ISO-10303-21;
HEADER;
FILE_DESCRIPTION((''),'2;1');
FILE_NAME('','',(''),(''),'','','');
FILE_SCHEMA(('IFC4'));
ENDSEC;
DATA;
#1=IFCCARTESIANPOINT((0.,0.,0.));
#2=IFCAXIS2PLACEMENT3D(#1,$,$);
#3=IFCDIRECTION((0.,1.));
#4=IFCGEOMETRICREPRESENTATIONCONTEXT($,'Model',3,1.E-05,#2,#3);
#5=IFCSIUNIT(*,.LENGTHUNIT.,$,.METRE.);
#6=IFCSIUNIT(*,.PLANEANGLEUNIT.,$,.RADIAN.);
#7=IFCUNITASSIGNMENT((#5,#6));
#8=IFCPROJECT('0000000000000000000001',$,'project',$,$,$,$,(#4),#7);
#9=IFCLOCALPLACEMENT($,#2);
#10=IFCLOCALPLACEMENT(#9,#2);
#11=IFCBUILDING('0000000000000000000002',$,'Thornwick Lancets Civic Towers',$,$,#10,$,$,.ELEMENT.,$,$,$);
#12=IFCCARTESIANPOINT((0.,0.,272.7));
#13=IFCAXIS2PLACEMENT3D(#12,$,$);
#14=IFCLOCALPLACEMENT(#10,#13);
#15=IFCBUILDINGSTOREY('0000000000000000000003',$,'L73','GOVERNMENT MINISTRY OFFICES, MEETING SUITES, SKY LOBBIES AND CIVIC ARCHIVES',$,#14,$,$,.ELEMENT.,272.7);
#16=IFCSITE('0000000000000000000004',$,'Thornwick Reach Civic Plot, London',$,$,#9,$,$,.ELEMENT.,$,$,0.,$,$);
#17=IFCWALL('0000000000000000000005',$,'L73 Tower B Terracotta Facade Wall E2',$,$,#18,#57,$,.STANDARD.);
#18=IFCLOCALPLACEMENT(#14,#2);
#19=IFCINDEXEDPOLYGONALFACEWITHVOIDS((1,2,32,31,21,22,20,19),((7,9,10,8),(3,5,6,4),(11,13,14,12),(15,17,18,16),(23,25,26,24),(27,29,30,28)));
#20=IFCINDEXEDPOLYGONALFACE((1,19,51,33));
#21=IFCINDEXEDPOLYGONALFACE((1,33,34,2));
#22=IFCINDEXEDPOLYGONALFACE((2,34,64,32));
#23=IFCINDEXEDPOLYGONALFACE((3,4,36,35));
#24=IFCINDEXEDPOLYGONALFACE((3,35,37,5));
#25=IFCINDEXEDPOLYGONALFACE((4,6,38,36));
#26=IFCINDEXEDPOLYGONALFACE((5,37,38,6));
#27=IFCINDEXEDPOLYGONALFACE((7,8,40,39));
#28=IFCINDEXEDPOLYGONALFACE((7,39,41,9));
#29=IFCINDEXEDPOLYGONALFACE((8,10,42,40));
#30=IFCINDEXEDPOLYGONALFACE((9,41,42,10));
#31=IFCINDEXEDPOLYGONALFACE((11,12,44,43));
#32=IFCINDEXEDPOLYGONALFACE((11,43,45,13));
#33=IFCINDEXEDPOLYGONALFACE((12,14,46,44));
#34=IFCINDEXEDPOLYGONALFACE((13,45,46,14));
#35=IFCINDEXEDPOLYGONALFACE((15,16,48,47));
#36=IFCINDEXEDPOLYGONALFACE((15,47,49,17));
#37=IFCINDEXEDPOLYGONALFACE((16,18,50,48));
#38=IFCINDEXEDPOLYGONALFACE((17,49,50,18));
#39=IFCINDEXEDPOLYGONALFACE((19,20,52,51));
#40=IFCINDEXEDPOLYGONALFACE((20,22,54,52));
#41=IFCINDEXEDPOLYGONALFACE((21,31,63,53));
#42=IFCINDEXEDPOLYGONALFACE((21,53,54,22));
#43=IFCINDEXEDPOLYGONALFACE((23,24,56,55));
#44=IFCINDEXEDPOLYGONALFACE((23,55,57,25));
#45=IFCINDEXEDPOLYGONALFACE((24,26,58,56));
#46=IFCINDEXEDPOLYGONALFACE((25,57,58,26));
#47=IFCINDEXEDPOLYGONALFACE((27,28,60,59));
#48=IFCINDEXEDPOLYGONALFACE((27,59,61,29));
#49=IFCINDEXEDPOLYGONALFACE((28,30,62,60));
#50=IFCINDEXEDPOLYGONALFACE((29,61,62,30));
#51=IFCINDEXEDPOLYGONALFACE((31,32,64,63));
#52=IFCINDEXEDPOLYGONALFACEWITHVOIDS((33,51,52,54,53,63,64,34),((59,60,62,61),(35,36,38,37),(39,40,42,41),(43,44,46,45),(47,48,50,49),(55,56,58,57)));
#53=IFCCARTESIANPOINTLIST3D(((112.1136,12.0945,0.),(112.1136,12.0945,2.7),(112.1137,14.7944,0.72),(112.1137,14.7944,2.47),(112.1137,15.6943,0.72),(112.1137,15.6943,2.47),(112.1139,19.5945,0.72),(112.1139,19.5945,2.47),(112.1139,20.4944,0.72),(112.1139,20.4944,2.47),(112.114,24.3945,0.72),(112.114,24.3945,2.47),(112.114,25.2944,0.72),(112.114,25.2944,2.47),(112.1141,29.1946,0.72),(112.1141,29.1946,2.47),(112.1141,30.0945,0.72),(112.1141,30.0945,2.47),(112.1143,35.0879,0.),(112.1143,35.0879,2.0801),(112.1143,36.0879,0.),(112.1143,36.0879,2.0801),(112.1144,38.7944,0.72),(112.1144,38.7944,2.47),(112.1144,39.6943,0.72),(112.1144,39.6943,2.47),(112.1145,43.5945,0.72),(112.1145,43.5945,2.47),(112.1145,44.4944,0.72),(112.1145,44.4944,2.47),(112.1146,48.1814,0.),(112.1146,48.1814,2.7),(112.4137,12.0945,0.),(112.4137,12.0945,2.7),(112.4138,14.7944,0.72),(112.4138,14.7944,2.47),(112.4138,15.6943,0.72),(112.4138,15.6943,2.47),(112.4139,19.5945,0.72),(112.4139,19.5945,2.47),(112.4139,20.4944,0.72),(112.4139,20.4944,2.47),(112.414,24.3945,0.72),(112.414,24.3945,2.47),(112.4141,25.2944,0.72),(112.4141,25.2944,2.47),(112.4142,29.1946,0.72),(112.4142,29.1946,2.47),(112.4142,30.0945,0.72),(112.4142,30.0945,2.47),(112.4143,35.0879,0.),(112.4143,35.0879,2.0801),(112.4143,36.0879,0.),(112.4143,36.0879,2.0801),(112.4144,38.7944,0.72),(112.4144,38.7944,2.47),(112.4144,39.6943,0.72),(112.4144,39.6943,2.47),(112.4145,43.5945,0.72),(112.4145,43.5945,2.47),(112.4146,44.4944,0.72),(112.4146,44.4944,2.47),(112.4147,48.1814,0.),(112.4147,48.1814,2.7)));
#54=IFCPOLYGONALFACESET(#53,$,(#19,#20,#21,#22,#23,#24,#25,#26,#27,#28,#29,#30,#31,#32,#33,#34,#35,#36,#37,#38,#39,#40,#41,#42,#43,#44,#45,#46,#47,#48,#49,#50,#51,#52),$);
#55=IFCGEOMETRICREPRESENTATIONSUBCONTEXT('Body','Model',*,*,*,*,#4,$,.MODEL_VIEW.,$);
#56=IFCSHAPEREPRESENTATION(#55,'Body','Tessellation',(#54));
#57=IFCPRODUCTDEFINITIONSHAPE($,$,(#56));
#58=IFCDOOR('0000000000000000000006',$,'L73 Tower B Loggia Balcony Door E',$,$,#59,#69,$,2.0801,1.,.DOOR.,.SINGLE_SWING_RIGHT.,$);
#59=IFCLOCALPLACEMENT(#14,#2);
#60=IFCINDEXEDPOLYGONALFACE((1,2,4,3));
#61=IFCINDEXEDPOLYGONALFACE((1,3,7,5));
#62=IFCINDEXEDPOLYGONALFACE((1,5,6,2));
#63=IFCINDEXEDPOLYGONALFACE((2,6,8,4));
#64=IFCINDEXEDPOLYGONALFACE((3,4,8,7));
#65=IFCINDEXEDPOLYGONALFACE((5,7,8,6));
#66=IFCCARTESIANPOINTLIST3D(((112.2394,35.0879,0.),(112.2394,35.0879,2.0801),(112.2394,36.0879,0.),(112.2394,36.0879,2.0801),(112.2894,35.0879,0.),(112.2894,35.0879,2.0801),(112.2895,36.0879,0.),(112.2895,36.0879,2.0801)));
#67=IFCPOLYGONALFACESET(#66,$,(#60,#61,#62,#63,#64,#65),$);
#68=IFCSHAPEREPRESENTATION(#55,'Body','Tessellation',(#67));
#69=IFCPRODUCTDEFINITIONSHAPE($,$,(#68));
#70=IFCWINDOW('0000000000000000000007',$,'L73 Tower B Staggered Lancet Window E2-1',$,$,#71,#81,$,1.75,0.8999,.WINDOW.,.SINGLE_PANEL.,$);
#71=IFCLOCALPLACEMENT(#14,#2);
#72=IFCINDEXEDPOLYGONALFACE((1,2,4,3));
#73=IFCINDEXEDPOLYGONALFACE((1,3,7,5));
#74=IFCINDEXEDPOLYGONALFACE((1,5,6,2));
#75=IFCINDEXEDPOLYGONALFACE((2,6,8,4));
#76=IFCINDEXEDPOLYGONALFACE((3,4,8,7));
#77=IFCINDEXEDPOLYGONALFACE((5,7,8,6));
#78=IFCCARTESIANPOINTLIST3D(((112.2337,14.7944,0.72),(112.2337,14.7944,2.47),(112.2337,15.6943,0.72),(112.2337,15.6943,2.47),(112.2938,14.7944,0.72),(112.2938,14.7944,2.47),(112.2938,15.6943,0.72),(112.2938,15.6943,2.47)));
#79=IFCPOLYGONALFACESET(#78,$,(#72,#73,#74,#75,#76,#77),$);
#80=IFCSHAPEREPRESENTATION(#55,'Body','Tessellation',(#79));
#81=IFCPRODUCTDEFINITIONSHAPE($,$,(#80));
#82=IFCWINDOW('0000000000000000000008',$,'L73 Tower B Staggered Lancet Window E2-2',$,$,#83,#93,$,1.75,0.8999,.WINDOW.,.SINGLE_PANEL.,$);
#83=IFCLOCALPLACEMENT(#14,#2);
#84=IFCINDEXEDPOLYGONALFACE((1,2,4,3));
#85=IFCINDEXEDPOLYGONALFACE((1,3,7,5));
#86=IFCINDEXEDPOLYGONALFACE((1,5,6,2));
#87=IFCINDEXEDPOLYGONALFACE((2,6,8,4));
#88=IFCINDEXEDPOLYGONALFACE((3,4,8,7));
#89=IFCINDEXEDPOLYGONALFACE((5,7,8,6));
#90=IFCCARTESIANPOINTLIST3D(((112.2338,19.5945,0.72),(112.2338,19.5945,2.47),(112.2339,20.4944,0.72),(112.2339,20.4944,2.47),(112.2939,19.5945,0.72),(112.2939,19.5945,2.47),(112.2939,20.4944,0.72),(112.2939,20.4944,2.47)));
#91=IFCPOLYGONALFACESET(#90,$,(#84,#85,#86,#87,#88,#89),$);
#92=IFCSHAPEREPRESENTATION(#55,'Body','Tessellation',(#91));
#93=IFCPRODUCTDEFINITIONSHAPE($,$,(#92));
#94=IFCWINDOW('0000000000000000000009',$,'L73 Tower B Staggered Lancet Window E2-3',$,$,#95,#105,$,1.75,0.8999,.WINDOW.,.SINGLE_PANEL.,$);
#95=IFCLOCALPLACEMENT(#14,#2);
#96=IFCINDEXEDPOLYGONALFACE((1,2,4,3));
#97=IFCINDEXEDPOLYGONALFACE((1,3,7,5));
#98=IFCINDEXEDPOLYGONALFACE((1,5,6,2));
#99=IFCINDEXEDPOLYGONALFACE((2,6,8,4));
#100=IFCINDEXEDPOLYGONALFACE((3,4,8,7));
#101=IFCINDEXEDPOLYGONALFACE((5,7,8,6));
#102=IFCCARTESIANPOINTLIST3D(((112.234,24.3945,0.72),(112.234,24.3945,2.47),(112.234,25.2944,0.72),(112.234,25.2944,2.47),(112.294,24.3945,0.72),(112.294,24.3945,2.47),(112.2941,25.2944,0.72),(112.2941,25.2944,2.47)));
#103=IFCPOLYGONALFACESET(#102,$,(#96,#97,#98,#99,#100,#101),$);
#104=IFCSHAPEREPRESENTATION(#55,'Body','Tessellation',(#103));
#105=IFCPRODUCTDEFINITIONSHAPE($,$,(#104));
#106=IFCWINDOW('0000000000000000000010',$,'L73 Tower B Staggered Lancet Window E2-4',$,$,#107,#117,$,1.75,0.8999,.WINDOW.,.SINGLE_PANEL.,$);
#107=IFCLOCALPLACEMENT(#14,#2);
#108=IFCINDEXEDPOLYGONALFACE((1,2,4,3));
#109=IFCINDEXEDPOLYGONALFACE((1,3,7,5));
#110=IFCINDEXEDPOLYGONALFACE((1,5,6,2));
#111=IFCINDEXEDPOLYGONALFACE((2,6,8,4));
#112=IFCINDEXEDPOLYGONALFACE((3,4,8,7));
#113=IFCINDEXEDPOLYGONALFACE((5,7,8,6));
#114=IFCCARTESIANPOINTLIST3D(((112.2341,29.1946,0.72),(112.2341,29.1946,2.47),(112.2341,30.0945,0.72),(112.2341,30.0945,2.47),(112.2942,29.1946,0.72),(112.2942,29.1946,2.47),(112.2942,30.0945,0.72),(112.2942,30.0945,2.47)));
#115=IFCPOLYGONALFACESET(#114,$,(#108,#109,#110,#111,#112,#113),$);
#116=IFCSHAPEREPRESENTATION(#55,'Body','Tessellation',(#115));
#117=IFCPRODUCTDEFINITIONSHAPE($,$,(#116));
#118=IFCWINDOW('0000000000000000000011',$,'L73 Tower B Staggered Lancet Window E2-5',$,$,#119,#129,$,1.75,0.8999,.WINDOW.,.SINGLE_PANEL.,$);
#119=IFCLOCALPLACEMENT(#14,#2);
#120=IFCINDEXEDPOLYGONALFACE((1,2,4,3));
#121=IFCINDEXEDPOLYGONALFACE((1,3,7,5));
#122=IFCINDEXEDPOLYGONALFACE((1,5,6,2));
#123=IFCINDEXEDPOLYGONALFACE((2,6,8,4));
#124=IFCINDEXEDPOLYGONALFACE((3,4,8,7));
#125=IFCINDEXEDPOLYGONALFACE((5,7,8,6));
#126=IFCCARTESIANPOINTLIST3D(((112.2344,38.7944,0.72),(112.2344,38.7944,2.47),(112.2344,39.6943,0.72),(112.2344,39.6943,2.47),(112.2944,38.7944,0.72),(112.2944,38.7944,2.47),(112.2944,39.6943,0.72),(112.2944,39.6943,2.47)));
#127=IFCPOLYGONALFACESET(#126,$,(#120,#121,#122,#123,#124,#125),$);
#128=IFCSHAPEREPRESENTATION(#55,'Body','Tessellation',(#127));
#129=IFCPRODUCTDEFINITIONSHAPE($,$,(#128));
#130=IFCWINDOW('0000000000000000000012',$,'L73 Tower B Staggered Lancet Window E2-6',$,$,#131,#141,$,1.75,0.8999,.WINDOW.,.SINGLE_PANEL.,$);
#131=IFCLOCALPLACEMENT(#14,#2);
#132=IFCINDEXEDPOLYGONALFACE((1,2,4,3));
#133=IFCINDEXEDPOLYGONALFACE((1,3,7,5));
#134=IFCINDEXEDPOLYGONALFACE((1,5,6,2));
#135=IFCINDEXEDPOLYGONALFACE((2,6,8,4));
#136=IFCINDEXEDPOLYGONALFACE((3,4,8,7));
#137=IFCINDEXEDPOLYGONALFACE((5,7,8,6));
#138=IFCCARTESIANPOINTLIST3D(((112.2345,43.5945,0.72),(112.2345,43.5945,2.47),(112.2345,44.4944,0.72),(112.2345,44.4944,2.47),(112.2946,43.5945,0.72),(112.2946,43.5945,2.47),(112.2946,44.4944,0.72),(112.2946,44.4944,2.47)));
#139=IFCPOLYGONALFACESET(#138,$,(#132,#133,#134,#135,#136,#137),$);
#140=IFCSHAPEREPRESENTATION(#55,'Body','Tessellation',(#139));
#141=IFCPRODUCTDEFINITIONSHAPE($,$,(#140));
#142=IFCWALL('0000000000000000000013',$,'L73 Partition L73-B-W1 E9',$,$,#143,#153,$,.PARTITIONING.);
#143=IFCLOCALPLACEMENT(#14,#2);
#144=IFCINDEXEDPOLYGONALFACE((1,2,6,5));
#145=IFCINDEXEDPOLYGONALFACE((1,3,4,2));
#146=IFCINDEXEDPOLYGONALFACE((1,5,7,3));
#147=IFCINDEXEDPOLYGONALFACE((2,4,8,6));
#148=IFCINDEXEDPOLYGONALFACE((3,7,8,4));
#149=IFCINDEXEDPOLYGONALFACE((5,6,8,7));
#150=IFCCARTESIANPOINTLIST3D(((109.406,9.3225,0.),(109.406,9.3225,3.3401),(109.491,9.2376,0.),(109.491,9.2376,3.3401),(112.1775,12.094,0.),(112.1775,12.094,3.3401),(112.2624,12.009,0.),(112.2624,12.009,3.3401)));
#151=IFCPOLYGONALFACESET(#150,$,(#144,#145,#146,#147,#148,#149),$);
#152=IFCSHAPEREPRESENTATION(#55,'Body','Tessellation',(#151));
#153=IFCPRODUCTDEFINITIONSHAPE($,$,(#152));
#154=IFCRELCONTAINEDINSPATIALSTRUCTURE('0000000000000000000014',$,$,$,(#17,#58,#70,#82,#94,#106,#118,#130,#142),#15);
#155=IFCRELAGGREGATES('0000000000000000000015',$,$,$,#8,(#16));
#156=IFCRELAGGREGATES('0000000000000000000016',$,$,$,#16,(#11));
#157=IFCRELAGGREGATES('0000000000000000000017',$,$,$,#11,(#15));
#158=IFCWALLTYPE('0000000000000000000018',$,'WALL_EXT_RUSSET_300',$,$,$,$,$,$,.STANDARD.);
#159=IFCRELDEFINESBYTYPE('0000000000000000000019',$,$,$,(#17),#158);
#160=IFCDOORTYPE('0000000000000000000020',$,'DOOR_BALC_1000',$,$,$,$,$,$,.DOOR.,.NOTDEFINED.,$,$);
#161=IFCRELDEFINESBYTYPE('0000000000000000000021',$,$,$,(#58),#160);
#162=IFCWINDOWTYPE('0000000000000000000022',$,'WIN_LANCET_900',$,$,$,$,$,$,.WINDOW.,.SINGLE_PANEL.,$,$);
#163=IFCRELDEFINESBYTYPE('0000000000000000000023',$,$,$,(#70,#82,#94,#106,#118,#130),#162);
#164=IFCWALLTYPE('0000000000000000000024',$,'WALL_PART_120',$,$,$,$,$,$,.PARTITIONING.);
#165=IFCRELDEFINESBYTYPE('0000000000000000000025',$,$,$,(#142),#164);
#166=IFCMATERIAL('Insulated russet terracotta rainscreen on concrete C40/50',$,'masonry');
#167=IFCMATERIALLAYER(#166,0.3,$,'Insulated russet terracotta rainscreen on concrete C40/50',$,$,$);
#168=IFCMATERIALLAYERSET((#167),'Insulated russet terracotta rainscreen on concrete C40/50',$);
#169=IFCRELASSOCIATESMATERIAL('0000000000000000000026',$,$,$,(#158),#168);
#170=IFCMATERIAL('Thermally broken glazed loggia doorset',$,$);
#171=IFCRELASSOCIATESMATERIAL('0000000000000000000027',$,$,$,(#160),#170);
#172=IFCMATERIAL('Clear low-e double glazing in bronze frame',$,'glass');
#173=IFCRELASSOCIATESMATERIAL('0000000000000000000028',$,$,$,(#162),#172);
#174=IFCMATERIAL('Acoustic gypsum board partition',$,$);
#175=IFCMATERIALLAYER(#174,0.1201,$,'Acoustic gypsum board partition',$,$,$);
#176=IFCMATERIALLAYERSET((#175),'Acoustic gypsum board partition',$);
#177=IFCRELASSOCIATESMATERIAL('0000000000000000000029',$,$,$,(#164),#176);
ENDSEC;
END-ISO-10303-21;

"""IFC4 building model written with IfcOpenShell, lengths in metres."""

from ifc_helpers import new_model, si_unit, direction, frame, frame_2d, origin, place, context, subcontext, project, spatial, rectangle, extrude, material, layer, layer_set, type_object, element, fill, save


model = new_model("IFC4")

# Units and contexts
model_context = context("Model", 3, precision=1e-05, world=origin(), true_north=direction((0.0, 1.0)))
body_context = subcontext(model_context, "Body", "Model", "MODEL_VIEW")
ifc_project = project(units=[si_unit("LENGTHUNIT", "METRE"), si_unit("PLANEANGLEUNIT", "RADIAN")], contexts=[model_context])

# Site, building, storey
site_placement = place(None, origin())
site = spatial("IfcSite", under=ifc_project, at=site_placement, Name="Thornwick Reach Civic Plot, London", CompositionType="ELEMENT", RefElevation=0.0)
building_placement = place(site_placement, origin())
building = spatial("IfcBuilding", under=site, at=building_placement, Name="Thornwick Lancets Civic Towers", CompositionType="ELEMENT")
storey_placement = place(building_placement, frame((0.0, 0.0, 272.7)))
storey = spatial("IfcBuildingStorey", under=building, at=storey_placement, Name="L73", Description="GOVERNMENT MINISTRY OFFICES, MEETING SUITES, SKY LOBBIES AND CIVIC ARCHIVES", CompositionType="ELEMENT", Elevation=272.7)

# Wall, openings, door, windows
ifc_material_1 = material(Name="Insulated russet terracotta rainscreen on concrete C40/50", Category="masonry")
ifc_layer_1 = layer(ifc_material_1, 0.3, Name="Insulated russet terracotta rainscreen on concrete C40/50")
ifc_layer_set_1 = layer_set([ifc_layer_1], Name="Insulated russet terracotta rainscreen on concrete C40/50")
wall_type_1 = type_object("IfcWallType", Name="WALL_EXT_RUSSET_300", PredefinedType="STANDARD", material=ifc_layer_set_1)
wall_1_placement = place(storey_placement, frame((112.2637, 12.0945, 0.0), z_axis=(0.0, 0.0, 1.0), x_axis=(0.000027, 1.0, 0.0)))
wall_1 = element("IfcWall", 1, at=wall_1_placement, inside=storey, type_object=wall_type_1, Name="L73 Tower B Terracotta Facade Wall E2", PredefinedType="STANDARD", context=body_context, shape_type="SweptSolid", body=[
    extrude(rectangle(XDim=36.0869, YDim=0.3, at=frame_2d((18.0435, 0.0))), origin(), (0.0, 0.0, 1.0), 2.7),
])
opening_1_placement = place(wall_1_placement, frame((22.9934, 0.0, 0.0)))
opening_1 = element("IfcOpeningElement", 2, at=opening_1_placement, cuts=wall_1, PredefinedType="OPENING", context=body_context, shape_type="SweptSolid", body=[
    extrude(rectangle(XDim=1.0, YDim=2.0801, at=frame_2d((0.5, 1.04))), frame((0.0, 0.1602, 0.0), z_axis=(0.0, -1.0, 0.0), x_axis=(1.0, 0.0, 0.0)), (0.0, 0.0, 1.0), 0.3201),
])
opening_2_placement = place(wall_1_placement, frame((2.7, 0.0, 0.72)))
opening_2 = element("IfcOpeningElement", 3, at=opening_2_placement, cuts=wall_1, PredefinedType="OPENING", context=body_context, shape_type="SweptSolid", body=[
    extrude(rectangle(XDim=0.8999, YDim=1.75, at=frame_2d((0.45, 0.875))), frame((0.0, 0.1602, 0.0), z_axis=(0.0, -1.0, 0.0), x_axis=(1.0, 0.0, 0.0)), (0.0, 0.0, 1.0), 0.3201),
])
opening_3_placement = place(wall_1_placement, frame((7.5, 0.0, 0.72)))
opening_3 = element("IfcOpeningElement", 4, at=opening_3_placement, cuts=wall_1, PredefinedType="OPENING", context=body_context, shape_type="SweptSolid", body=[
    extrude(rectangle(XDim=0.8999, YDim=1.75, at=frame_2d((0.45, 0.875))), frame((0.0, 0.1602, 0.0), z_axis=(0.0, -1.0, 0.0), x_axis=(1.0, 0.0, 0.0)), (0.0, 0.0, 1.0), 0.3201),
])
opening_4_placement = place(wall_1_placement, frame((12.3, 0.0, 0.72)))
opening_4 = element("IfcOpeningElement", 5, at=opening_4_placement, cuts=wall_1, PredefinedType="OPENING", context=body_context, shape_type="SweptSolid", body=[
    extrude(rectangle(XDim=0.8999, YDim=1.75, at=frame_2d((0.45, 0.875))), frame((0.0, 0.1602, 0.0), z_axis=(0.0, -1.0, 0.0), x_axis=(1.0, 0.0, 0.0)), (0.0, 0.0, 1.0), 0.3201),
])
opening_5_placement = place(wall_1_placement, frame((17.1001, 0.0, 0.72)))
opening_5 = element("IfcOpeningElement", 6, at=opening_5_placement, cuts=wall_1, PredefinedType="OPENING", context=body_context, shape_type="SweptSolid", body=[
    extrude(rectangle(XDim=0.8999, YDim=1.75, at=frame_2d((0.45, 0.875))), frame((0.0, 0.1602, 0.0), z_axis=(0.0, -1.0, 0.0), x_axis=(1.0, 0.0, 0.0)), (0.0, 0.0, 1.0), 0.3201),
])
opening_6_placement = place(wall_1_placement, frame((26.7, 0.0, 0.72)))
opening_6 = element("IfcOpeningElement", 7, at=opening_6_placement, cuts=wall_1, PredefinedType="OPENING", context=body_context, shape_type="SweptSolid", body=[
    extrude(rectangle(XDim=0.8999, YDim=1.75, at=frame_2d((0.45, 0.875))), frame((0.0, 0.1602, 0.0), z_axis=(0.0, -1.0, 0.0), x_axis=(1.0, 0.0, 0.0)), (0.0, 0.0, 1.0), 0.3201),
])
opening_7_placement = place(wall_1_placement, frame((31.5, 0.0, 0.72)))
opening_7 = element("IfcOpeningElement", 8, at=opening_7_placement, cuts=wall_1, PredefinedType="OPENING", context=body_context, shape_type="SweptSolid", body=[
    extrude(rectangle(XDim=0.8999, YDim=1.75, at=frame_2d((0.45, 0.875))), frame((0.0, 0.1602, 0.0), z_axis=(0.0, -1.0, 0.0), x_axis=(1.0, 0.0, 0.0)), (0.0, 0.0, 1.0), 0.3201),
])
ifc_material_2 = material(Name="Thermally broken glazed loggia doorset")
door_type = type_object("IfcDoorType", Name="DOOR_BALC_1000", OperationType="NOTDEFINED", PredefinedType="DOOR", material=ifc_material_2)
door_placement = place(opening_1_placement, origin())
door = element("IfcDoor", 9, at=door_placement, inside=storey, type_object=door_type, Name="L73 Tower B Loggia Balcony Door E", OperationType="SINGLE_SWING_RIGHT", OverallHeight=2.0801, OverallWidth=1.0, PredefinedType="DOOR", context=body_context, shape_type="SweptSolid", body=[
    extrude(rectangle(XDim=1.0, YDim=2.0801, at=frame_2d((0.5, 1.04))), frame((0.0, 0.0249, 0.0), z_axis=(0.0, -1.0, 0.0), x_axis=(1.0, 0.0, 0.0)), (0.0, 0.0, 1.0), 0.05),
])
fill(opening_1, door)
ifc_material_3 = material(Name="Clear low-e double glazing in bronze frame", Category="glass")
window_type = type_object("IfcWindowType", Name="WIN_LANCET_900", PartitioningType="SINGLE_PANEL", PredefinedType="WINDOW", material=ifc_material_3)
window_1_placement = place(opening_2_placement, origin())
window_1 = element("IfcWindow", 10, at=window_1_placement, inside=storey, type_object=window_type, Name="L73 Tower B Staggered Lancet Window E2-1", OverallHeight=1.75, OverallWidth=0.8999, PartitioningType="SINGLE_PANEL", PredefinedType="WINDOW", context=body_context, shape_type="SweptSolid", body=[
    extrude(rectangle(XDim=0.8999, YDim=1.75, at=frame_2d((0.45, 0.875))), frame((0.0, 0.03, 0.0), z_axis=(0.0, -1.0, 0.0), x_axis=(1.0, 0.0, 0.0)), (0.0, 0.0, 1.0), 0.0601),
])
fill(opening_2, window_1)
window_2_placement = place(opening_3_placement, origin())
window_2 = element("IfcWindow", 11, at=window_2_placement, inside=storey, type_object=window_type, Name="L73 Tower B Staggered Lancet Window E2-2", OverallHeight=1.75, OverallWidth=0.8999, PartitioningType="SINGLE_PANEL", PredefinedType="WINDOW", context=body_context, shape_type="SweptSolid", body=[
    extrude(rectangle(XDim=0.8999, YDim=1.75, at=frame_2d((0.45, 0.875))), frame((0.0, 0.03, 0.0), z_axis=(0.0, -1.0, 0.0), x_axis=(1.0, 0.0, 0.0)), (0.0, 0.0, 1.0), 0.0601),
])
fill(opening_3, window_2)
window_3_placement = place(opening_4_placement, origin())
window_3 = element("IfcWindow", 12, at=window_3_placement, inside=storey, type_object=window_type, Name="L73 Tower B Staggered Lancet Window E2-3", OverallHeight=1.75, OverallWidth=0.8999, PartitioningType="SINGLE_PANEL", PredefinedType="WINDOW", context=body_context, shape_type="SweptSolid", body=[
    extrude(rectangle(XDim=0.8999, YDim=1.75, at=frame_2d((0.45, 0.875))), frame((0.0, 0.03, 0.0), z_axis=(0.0, -1.0, 0.0), x_axis=(1.0, 0.0, 0.0)), (0.0, 0.0, 1.0), 0.0601),
])
fill(opening_4, window_3)
window_4_placement = place(opening_5_placement, origin())
window_4 = element("IfcWindow", 13, at=window_4_placement, inside=storey, type_object=window_type, Name="L73 Tower B Staggered Lancet Window E2-4", OverallHeight=1.75, OverallWidth=0.8999, PartitioningType="SINGLE_PANEL", PredefinedType="WINDOW", context=body_context, shape_type="SweptSolid", body=[
    extrude(rectangle(XDim=0.8999, YDim=1.75, at=frame_2d((0.45, 0.875))), frame((0.0, 0.03, 0.0), z_axis=(0.0, -1.0, 0.0), x_axis=(1.0, 0.0, 0.0)), (0.0, 0.0, 1.0), 0.0601),
])
fill(opening_5, window_4)
window_5_placement = place(opening_6_placement, origin())
window_5 = element("IfcWindow", 14, at=window_5_placement, inside=storey, type_object=window_type, Name="L73 Tower B Staggered Lancet Window E2-5", OverallHeight=1.75, OverallWidth=0.8999, PartitioningType="SINGLE_PANEL", PredefinedType="WINDOW", context=body_context, shape_type="SweptSolid", body=[
    extrude(rectangle(XDim=0.8999, YDim=1.75, at=frame_2d((0.45, 0.875))), frame((0.0, 0.03, 0.0), z_axis=(0.0, -1.0, 0.0), x_axis=(1.0, 0.0, 0.0)), (0.0, 0.0, 1.0), 0.0601),
])
fill(opening_6, window_5)
window_6_placement = place(opening_7_placement, origin())
window_6 = element("IfcWindow", 15, at=window_6_placement, inside=storey, type_object=window_type, Name="L73 Tower B Staggered Lancet Window E2-6", OverallHeight=1.75, OverallWidth=0.8999, PartitioningType="SINGLE_PANEL", PredefinedType="WINDOW", context=body_context, shape_type="SweptSolid", body=[
    extrude(rectangle(XDim=0.8999, YDim=1.75, at=frame_2d((0.45, 0.875))), frame((0.0, 0.03, 0.0), z_axis=(0.0, -1.0, 0.0), x_axis=(1.0, 0.0, 0.0)), (0.0, 0.0, 1.0), 0.0601),
])
fill(opening_7, window_6)

# Wall
ifc_material_4 = material(Name="Acoustic gypsum board partition")
ifc_layer_2 = layer(ifc_material_4, 0.1201, Name="Acoustic gypsum board partition")
ifc_layer_set_2 = layer_set([ifc_layer_2], Name="Acoustic gypsum board partition")
wall_type_2 = type_object("IfcWallType", Name="WALL_PART_120", PredefinedType="PARTITIONING", material=ifc_layer_set_2)
wall_2_placement = place(storey_placement, frame((112.22, 12.0515, 0.0), z_axis=(0.0, 0.0, 1.0), x_axis=(-0.707107, -0.707107, 0.0)))
element("IfcWall", 16, at=wall_2_placement, inside=storey, type_object=wall_type_2, Name="L73 Partition L73-B-W1 E9", PredefinedType="PARTITIONING", context=body_context, shape_type="SweptSolid", body=[
    extrude(rectangle(XDim=3.9194, YDim=0.1201, at=frame_2d((1.9597, 0.0))), origin(), (0.0, 0.0, 1.0), 3.3401),
])

save(model, "model.ifc")
